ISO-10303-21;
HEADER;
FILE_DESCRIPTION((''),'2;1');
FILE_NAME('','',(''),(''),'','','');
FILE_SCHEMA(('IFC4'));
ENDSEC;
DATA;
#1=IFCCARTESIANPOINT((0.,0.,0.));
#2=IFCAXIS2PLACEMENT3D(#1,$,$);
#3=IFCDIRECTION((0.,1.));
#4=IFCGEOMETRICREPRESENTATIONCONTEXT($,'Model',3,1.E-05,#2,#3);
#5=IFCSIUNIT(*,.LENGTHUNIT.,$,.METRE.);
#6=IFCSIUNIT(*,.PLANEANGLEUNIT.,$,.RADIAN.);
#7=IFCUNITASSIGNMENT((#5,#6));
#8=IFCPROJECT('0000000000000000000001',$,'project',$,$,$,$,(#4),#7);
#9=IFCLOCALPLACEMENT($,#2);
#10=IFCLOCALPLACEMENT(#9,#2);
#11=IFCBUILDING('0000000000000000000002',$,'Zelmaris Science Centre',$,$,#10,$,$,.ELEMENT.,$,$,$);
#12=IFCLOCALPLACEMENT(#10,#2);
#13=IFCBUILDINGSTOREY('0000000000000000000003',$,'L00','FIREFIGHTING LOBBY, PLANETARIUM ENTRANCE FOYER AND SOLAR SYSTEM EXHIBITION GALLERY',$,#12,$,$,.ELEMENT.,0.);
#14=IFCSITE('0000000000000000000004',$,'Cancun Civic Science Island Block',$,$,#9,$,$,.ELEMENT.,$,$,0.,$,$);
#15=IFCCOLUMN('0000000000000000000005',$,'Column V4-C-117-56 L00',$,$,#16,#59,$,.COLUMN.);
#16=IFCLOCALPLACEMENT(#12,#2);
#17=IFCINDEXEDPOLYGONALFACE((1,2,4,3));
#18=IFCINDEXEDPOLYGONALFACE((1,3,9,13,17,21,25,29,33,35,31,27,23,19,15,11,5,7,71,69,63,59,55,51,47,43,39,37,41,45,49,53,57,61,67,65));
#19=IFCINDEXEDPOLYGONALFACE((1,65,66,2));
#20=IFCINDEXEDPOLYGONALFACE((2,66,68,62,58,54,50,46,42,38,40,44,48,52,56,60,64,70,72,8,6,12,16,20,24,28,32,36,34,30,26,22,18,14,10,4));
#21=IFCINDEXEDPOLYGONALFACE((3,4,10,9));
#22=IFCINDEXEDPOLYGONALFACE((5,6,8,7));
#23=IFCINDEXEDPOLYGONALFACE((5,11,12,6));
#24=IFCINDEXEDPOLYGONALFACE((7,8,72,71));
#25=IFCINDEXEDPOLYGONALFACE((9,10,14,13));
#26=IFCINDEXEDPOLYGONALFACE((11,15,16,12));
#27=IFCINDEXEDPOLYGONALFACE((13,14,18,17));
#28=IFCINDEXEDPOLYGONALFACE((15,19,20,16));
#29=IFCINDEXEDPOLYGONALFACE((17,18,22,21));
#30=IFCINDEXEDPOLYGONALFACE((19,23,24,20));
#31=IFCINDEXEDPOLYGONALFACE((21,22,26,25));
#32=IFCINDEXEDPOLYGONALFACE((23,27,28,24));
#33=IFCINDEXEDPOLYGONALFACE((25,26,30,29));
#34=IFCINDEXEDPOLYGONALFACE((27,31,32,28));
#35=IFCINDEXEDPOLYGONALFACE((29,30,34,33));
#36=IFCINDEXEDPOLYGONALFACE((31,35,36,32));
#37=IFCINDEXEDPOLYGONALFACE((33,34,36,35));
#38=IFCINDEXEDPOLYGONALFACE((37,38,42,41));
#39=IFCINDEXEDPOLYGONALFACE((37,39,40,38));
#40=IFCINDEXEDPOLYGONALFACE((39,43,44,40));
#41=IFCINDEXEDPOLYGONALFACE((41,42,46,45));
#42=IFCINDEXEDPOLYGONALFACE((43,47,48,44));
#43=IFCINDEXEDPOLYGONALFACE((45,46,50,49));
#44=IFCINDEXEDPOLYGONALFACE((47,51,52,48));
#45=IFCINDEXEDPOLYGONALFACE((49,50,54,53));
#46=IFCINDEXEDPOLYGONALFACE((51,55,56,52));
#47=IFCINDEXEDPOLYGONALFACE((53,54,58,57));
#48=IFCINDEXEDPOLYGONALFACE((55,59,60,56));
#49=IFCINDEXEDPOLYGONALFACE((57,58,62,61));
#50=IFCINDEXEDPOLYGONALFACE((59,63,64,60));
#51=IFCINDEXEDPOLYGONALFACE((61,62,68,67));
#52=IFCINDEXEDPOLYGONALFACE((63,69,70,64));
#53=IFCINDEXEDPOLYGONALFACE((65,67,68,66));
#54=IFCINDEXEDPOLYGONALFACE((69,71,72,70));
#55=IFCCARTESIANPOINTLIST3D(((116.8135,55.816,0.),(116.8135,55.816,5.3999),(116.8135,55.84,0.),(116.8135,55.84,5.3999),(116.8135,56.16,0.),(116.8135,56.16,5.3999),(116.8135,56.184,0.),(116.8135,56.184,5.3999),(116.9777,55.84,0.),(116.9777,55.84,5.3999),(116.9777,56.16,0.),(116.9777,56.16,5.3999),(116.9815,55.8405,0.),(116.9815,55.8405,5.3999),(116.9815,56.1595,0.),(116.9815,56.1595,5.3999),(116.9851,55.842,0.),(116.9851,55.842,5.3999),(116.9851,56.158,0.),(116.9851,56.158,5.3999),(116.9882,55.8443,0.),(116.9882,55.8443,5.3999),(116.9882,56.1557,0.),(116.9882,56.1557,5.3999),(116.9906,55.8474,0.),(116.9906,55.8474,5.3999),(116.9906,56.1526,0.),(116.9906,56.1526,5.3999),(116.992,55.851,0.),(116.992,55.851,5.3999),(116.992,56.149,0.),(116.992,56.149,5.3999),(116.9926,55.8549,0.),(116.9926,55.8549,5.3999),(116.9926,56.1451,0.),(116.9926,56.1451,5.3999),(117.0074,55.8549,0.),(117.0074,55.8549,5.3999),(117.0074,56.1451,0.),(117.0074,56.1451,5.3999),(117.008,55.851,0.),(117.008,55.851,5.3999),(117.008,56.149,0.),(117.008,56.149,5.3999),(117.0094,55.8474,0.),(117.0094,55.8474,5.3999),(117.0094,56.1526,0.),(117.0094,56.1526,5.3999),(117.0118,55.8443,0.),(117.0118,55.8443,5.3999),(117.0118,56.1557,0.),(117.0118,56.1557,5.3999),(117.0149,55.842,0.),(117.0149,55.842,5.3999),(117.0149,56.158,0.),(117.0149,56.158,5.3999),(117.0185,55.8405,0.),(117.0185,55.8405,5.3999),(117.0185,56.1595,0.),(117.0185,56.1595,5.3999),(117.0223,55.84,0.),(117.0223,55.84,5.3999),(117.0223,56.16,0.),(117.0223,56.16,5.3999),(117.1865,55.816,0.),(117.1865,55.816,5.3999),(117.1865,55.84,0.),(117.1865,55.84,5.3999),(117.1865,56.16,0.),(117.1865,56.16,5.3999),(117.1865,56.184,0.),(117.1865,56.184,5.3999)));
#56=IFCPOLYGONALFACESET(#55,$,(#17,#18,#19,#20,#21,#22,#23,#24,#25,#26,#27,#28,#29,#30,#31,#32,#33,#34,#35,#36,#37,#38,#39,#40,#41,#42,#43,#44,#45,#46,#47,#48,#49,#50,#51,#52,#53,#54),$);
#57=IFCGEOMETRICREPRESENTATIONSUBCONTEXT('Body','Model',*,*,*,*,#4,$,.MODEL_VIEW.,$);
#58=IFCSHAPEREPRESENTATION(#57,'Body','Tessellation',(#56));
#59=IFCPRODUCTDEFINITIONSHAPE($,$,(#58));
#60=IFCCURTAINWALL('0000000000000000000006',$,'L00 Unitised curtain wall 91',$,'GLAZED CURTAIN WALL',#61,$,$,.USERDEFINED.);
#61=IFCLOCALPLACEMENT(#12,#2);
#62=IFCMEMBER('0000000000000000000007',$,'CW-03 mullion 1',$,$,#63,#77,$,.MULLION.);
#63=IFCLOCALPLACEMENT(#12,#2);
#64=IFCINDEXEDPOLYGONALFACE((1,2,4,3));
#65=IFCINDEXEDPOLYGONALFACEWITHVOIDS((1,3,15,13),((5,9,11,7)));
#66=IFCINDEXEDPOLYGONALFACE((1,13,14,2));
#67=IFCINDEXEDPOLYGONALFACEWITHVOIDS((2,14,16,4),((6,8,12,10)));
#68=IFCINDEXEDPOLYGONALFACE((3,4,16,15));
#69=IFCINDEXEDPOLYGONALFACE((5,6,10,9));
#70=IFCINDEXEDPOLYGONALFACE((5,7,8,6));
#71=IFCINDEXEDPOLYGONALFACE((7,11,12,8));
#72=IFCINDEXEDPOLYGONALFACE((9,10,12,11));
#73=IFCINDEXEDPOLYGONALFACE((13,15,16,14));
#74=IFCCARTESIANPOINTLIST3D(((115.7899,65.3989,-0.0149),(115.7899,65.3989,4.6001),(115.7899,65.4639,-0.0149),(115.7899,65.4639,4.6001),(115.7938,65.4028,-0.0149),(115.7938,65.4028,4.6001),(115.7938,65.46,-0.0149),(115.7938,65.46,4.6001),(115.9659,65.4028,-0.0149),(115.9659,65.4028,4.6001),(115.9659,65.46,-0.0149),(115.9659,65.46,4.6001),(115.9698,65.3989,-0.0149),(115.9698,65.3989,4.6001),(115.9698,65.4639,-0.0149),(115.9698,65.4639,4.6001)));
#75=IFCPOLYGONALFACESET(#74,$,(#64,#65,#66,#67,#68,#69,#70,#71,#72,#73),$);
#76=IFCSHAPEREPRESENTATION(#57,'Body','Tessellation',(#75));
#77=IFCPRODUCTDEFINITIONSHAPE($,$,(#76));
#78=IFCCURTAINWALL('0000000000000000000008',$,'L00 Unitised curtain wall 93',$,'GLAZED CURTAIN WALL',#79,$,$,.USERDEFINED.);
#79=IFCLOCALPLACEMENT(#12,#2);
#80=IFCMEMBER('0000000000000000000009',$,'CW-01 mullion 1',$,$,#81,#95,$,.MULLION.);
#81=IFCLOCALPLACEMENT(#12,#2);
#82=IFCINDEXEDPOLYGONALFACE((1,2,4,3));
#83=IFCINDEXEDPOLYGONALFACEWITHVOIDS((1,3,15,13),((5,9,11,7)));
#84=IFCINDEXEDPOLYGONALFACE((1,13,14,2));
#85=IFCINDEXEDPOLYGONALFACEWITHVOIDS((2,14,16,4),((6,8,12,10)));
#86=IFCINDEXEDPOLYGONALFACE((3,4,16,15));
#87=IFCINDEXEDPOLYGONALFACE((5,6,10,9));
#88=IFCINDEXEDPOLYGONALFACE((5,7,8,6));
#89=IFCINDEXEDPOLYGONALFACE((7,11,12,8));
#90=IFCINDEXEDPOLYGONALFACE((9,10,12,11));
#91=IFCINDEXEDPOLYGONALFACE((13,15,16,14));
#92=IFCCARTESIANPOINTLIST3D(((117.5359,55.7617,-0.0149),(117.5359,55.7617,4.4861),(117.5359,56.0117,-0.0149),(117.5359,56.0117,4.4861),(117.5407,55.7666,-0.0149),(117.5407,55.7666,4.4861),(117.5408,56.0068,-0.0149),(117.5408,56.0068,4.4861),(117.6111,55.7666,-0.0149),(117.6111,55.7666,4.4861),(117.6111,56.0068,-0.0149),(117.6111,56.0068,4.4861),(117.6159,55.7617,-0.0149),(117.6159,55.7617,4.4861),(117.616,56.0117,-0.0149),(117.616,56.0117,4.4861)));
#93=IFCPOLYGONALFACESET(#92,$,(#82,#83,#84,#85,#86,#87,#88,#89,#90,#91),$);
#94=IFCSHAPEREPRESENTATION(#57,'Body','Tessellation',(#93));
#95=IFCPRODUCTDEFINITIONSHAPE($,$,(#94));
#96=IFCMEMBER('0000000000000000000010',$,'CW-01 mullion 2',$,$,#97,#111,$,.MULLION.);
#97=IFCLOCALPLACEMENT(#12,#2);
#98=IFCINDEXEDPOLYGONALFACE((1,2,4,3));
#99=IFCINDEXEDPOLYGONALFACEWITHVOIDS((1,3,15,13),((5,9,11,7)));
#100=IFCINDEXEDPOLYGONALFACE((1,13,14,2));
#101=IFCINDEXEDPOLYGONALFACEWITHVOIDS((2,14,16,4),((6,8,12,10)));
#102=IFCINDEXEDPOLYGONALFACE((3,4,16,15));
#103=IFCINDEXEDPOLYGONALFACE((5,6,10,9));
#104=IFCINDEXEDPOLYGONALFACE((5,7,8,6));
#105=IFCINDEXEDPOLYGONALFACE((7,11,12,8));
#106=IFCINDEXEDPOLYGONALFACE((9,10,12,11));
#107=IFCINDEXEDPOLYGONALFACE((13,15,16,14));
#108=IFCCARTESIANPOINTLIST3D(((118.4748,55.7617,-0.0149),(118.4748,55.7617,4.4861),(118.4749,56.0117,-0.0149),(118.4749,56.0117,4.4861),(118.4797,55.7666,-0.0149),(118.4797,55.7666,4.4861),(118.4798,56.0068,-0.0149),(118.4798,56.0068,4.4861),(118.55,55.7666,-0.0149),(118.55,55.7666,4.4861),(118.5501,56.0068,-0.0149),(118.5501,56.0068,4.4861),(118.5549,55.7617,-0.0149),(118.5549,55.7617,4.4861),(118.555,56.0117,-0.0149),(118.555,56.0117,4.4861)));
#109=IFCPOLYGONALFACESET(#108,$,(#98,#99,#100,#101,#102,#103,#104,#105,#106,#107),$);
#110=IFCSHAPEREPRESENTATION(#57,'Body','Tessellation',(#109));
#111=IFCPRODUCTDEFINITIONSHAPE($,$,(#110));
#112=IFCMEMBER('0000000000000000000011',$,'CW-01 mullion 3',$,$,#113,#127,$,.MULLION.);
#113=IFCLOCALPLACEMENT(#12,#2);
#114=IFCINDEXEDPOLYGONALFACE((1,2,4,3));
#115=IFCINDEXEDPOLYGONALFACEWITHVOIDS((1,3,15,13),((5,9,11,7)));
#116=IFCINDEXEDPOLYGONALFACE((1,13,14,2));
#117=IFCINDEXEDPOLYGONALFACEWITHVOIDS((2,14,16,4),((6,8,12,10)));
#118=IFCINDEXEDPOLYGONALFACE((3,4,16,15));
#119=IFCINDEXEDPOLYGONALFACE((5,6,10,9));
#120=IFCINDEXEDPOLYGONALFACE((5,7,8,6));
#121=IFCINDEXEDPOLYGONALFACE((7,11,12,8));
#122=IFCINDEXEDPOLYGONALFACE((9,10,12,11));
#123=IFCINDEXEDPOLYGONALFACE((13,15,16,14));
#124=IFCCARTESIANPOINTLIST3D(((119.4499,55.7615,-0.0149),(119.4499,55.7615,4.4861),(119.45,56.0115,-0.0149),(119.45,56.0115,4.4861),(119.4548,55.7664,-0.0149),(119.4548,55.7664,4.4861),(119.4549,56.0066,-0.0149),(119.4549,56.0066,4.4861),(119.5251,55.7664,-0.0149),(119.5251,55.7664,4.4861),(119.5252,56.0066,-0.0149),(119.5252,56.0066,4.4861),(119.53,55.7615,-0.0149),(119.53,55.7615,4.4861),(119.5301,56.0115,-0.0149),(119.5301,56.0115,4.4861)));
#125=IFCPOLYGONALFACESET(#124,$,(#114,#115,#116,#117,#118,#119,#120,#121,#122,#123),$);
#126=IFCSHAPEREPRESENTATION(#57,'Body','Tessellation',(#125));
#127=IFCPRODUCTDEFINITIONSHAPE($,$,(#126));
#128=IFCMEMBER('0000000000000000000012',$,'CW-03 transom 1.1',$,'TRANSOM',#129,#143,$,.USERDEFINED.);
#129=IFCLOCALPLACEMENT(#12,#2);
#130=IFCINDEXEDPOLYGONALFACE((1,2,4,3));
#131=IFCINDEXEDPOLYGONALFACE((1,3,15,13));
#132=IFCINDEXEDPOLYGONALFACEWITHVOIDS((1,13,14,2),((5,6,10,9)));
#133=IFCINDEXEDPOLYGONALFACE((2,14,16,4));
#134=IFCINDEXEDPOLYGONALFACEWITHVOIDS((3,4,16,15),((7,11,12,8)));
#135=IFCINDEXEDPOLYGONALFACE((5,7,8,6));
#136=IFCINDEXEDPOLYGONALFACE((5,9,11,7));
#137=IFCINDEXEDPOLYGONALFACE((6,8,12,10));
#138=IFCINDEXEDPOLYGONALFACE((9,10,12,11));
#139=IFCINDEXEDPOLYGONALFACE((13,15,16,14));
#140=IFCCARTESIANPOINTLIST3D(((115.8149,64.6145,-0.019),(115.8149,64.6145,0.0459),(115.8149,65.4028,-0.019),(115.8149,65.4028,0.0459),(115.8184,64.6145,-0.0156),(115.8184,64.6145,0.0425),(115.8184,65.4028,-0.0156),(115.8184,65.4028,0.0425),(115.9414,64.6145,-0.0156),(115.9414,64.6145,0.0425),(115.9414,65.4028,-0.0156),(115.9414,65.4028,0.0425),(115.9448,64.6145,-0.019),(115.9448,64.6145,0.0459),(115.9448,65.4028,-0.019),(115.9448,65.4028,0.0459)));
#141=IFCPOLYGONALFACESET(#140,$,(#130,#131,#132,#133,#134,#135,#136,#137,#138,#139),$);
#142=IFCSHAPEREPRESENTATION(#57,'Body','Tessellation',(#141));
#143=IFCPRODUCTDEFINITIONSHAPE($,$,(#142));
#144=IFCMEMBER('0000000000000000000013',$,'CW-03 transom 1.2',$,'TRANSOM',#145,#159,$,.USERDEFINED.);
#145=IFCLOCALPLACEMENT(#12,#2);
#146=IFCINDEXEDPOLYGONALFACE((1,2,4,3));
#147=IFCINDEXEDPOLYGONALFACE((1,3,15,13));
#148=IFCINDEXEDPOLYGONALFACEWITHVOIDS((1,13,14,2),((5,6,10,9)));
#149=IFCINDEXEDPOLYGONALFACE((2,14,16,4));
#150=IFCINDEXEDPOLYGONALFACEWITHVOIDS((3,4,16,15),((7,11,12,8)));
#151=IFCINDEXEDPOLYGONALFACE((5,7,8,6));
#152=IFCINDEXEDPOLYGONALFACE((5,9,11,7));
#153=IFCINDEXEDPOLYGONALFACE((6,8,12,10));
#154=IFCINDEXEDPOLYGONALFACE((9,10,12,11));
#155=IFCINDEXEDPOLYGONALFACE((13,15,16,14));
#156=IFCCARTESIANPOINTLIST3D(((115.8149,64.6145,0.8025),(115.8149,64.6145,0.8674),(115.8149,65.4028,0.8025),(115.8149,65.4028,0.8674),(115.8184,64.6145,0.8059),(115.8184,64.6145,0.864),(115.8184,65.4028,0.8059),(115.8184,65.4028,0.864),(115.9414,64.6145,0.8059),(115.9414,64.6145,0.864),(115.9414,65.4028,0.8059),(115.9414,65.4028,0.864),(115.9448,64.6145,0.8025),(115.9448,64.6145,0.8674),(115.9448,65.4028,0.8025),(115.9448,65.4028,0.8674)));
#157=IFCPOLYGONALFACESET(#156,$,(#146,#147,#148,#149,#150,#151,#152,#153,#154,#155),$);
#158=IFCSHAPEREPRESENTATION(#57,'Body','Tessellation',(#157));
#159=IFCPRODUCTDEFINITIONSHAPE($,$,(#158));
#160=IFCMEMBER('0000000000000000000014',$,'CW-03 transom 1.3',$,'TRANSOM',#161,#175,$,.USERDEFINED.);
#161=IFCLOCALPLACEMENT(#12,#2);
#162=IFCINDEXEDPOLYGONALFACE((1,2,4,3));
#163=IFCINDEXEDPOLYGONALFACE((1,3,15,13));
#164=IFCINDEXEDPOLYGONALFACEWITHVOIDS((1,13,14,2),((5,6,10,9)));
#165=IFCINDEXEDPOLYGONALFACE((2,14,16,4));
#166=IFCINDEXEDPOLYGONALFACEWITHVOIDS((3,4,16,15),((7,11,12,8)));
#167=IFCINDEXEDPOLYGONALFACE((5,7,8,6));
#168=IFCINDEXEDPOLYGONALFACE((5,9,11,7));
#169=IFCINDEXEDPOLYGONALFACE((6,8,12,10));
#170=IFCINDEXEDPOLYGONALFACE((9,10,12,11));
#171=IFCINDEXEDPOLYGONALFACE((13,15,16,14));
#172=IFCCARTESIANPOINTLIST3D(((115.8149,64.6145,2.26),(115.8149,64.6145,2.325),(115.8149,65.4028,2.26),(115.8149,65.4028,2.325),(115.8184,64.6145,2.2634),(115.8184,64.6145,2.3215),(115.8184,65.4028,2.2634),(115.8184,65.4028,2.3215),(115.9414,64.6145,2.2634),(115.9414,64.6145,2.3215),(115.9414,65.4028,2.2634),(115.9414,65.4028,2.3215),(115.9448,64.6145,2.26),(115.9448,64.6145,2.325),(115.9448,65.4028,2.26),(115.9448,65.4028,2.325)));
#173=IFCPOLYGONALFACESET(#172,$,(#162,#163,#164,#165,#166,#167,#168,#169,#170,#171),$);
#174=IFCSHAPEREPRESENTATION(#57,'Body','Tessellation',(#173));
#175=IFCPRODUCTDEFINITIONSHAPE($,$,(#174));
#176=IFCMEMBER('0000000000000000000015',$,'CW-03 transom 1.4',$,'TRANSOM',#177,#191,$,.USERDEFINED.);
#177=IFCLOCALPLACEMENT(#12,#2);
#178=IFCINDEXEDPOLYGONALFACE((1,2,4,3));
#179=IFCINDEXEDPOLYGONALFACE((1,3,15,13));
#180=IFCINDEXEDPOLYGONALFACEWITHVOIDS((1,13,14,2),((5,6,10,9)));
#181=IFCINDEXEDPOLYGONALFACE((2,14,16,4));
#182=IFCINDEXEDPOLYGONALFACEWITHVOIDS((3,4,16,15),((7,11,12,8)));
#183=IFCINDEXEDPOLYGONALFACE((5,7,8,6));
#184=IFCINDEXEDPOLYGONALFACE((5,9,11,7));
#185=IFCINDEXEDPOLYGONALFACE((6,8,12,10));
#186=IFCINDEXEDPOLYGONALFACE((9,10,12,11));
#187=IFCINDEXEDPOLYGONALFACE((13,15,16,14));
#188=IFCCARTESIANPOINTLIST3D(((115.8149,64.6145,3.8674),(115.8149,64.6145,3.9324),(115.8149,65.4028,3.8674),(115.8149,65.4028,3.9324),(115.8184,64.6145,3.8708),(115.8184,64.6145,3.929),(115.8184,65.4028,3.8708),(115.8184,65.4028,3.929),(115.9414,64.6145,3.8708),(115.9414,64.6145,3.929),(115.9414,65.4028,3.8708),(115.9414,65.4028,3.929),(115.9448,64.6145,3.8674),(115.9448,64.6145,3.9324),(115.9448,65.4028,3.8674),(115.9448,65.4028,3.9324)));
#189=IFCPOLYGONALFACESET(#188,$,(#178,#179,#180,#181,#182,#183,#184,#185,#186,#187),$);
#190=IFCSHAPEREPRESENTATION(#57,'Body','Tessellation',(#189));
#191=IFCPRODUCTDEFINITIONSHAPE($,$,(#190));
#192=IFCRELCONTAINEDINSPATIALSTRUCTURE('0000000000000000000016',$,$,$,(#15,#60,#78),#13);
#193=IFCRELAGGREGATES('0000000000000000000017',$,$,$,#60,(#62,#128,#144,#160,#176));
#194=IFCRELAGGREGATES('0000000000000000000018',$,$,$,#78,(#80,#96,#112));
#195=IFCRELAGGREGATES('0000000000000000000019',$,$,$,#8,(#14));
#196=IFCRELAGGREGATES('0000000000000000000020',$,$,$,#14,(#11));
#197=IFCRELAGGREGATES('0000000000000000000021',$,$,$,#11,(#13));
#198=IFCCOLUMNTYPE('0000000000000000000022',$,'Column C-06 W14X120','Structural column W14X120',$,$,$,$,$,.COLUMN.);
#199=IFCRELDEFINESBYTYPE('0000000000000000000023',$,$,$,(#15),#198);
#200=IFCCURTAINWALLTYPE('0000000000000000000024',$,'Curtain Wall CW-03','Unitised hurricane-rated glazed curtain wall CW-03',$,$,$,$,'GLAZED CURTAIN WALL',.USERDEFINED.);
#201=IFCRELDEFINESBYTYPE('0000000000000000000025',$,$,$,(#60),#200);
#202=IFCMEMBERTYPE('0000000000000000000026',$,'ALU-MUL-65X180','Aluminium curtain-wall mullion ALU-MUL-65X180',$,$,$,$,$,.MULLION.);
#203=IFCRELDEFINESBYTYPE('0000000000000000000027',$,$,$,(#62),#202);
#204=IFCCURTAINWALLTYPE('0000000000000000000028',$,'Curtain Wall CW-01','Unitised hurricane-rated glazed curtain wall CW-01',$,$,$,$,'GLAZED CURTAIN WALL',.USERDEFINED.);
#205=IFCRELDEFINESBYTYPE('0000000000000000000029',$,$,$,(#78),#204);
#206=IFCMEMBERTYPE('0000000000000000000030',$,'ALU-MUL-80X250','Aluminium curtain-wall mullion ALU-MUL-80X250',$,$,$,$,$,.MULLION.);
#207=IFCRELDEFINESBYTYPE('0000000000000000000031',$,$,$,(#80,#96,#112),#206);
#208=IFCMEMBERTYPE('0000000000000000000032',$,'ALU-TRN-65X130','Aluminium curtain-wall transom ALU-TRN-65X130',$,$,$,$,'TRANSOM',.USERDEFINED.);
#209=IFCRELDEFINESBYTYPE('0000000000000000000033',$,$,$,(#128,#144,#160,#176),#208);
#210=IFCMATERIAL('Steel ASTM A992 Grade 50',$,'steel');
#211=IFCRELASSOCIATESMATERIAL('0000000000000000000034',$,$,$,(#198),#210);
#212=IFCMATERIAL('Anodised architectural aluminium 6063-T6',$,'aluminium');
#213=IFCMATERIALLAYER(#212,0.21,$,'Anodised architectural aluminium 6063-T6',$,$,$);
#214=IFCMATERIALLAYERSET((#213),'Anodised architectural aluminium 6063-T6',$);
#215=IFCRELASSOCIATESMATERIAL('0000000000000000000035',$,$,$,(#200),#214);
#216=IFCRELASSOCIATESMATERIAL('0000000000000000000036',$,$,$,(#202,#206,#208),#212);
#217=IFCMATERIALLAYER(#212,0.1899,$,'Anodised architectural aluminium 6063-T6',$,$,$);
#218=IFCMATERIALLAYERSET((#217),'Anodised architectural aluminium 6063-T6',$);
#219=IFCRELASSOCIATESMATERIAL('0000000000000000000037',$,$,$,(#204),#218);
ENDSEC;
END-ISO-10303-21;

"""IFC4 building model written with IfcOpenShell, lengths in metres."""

from ifc_helpers import new_model, si_unit, direction, frame, origin, origin_2d, place, context, subcontext, project, spatial, hollow_rectangle, i_section, extrude, material, layer, layer_set, material_profile, profile_set, type_object, element, aggregate, save


model = new_model("IFC4")

# Units and contexts
model_context = context("Model", 3, precision=1e-05, world=origin(), true_north=direction((0.0, 1.0)))
body_context = subcontext(model_context, "Body", "Model", "MODEL_VIEW")
ifc_project = project(units=[si_unit("LENGTHUNIT", "METRE"), si_unit("PLANEANGLEUNIT", "RADIAN")], contexts=[model_context])

# Site, building, storey
site_placement = place(None, origin())
site = spatial("IfcSite", under=ifc_project, at=site_placement, Name="Cancun Civic Science Island Block", CompositionType="ELEMENT", RefElevation=0.0)
building_placement = place(site_placement, origin())
building = spatial("IfcBuilding", under=site, at=building_placement, Name="Zelmaris Science Centre", CompositionType="ELEMENT")
storey_placement = place(building_placement, origin())
storey = spatial("IfcBuildingStorey", under=building, at=storey_placement, Name="L00", Description="FIREFIGHTING LOBBY, PLANETARIUM ENTRANCE FOYER AND SOLAR SYSTEM EXHIBITION GALLERY", CompositionType="ELEMENT", Elevation=0.0)

# Column
ifc_material_1 = material(Name="Steel ASTM A992 Grade 50", Category="steel")
ifc_material_profile_1 = material_profile(ifc_material_1, i_section(OverallWidth=0.373, OverallDepth=0.3679, WebThickness=0.0149, FlangeThickness=0.0239, FilletRadius=0.0149, at=origin_2d()), Name="W14X120")
ifc_profile_set_1 = profile_set([ifc_material_profile_1], Name="Steel ASTM A992 Grade 50")
column_type = type_object("IfcColumnType", Name="Column C-06 W14X120", Description="Structural column W14X120", PredefinedType="COLUMN", material=ifc_profile_set_1)
column_placement = place(storey_placement, frame((117.0, 56.0, 0.0), z_axis=(0.0, 0.0, 1.0), x_axis=(1.0, 0.0, 0.0)))
element("IfcColumn", 1, at=column_placement, inside=storey, type_object=column_type, Name="Column V4-C-117-56 L00", PredefinedType="COLUMN", context=body_context, shape_type="SweptSolid", body=[
    extrude(i_section(OverallWidth=0.373, OverallDepth=0.3679, WebThickness=0.0149, FlangeThickness=0.0239, FilletRadius=0.0149, at=origin_2d()), origin(), (0.0, 0.0, 1.0), 5.3999),
])

# Curtain wall, member
ifc_material_2 = material(Name="Anodised architectural aluminium 6063-T6", Category="aluminium")
ifc_layer_1 = layer(ifc_material_2, 0.21, Name="Anodised architectural aluminium 6063-T6")
ifc_layer_set_1 = layer_set([ifc_layer_1], Name="Anodised architectural aluminium 6063-T6")
curtain_wall_type_1 = type_object("IfcCurtainWallType", Name="Curtain Wall CW-03", Description="Unitised hurricane-rated glazed curtain wall CW-03", ElementType="GLAZED CURTAIN WALL", PredefinedType="USERDEFINED", material=ifc_layer_set_1)
curtain_wall_1_placement = place(storey_placement, origin())
curtain_wall_1 = element("IfcCurtainWall", 2, at=curtain_wall_1_placement, inside=storey, type_object=curtain_wall_type_1, Name="L00 Unitised curtain wall 91", ObjectType="GLAZED CURTAIN WALL", PredefinedType="USERDEFINED")
ifc_material_profile_2 = material_profile(ifc_material_2, hollow_rectangle(XDim=0.0649, YDim=0.1799, WallThickness=0.0039, at=origin_2d()), Name="ALU-MUL-65X180")
ifc_profile_set_2 = profile_set([ifc_material_profile_2], Name="Anodised architectural aluminium 6063-T6")
member_type_1 = type_object("IfcMemberType", Name="ALU-MUL-65X180", Description="Aluminium curtain-wall mullion ALU-MUL-65X180", PredefinedType="MULLION", material=ifc_profile_set_2)
member_1_placement = place(storey_placement, frame((115.8799, 65.4314, -0.0149), z_axis=(0.0, 0.0, 1.0), x_axis=(0.000007, -1.0, 0.0)))
member_1 = element("IfcMember", 3, at=member_1_placement, type_object=member_type_1, Name="CW-03 mullion 1", PredefinedType="MULLION", context=body_context, shape_type="SweptSolid", body=[
    extrude(hollow_rectangle(XDim=0.0649, YDim=0.1799, WallThickness=0.0039, at=origin_2d()), origin(), (0.0, 0.0, 1.0), 4.615),
])

# Curtain wall, members
ifc_layer_2 = layer(ifc_material_2, 0.1899, Name="Anodised architectural aluminium 6063-T6")
ifc_layer_set_2 = layer_set([ifc_layer_2], Name="Anodised architectural aluminium 6063-T6")
curtain_wall_type_2 = type_object("IfcCurtainWallType", Name="Curtain Wall CW-01", Description="Unitised hurricane-rated glazed curtain wall CW-01", ElementType="GLAZED CURTAIN WALL", PredefinedType="USERDEFINED", material=ifc_layer_set_2)
curtain_wall_2_placement = place(storey_placement, origin())
curtain_wall_2 = element("IfcCurtainWall", 4, at=curtain_wall_2_placement, inside=storey, type_object=curtain_wall_type_2, Name="L00 Unitised curtain wall 93", ObjectType="GLAZED CURTAIN WALL", PredefinedType="USERDEFINED")
ifc_material_profile_3 = material_profile(ifc_material_2, hollow_rectangle(XDim=0.0801, YDim=0.25, WallThickness=0.0049, at=origin_2d()), Name="ALU-MUL-80X250")
ifc_profile_set_3 = profile_set([ifc_material_profile_3], Name="Anodised architectural aluminium 6063-T6")
member_type_2 = type_object("IfcMemberType", Name="ALU-MUL-80X250", Description="Aluminium curtain-wall mullion ALU-MUL-80X250", PredefinedType="MULLION", material=ifc_profile_set_3)
member_2_placement = place(storey_placement, frame((117.5759, 55.8867, -0.0149), z_axis=(0.0, 0.0, 1.0), x_axis=(1.0, -0.000194, 0.0)))
member_2 = element("IfcMember", 5, at=member_2_placement, type_object=member_type_2, Name="CW-01 mullion 1", PredefinedType="MULLION", context=body_context, shape_type="SweptSolid", body=[
    extrude(hollow_rectangle(XDim=0.0801, YDim=0.25, WallThickness=0.0049, at=origin_2d()), origin(), (0.0, 0.0, 1.0), 4.501),
])
member_3_placement = place(storey_placement, frame((118.5149, 55.8867, -0.0149), z_axis=(0.0, 0.0, 1.0), x_axis=(1.0, -0.000194, 0.0)))
member_3 = element("IfcMember", 6, at=member_3_placement, type_object=member_type_2, Name="CW-01 mullion 2", PredefinedType="MULLION", context=body_context, shape_type="SweptSolid", body=[
    extrude(hollow_rectangle(XDim=0.0801, YDim=0.25, WallThickness=0.0049, at=origin_2d()), origin(), (0.0, 0.0, 1.0), 4.501),
])
member_4_placement = place(storey_placement, frame((119.49, 55.8865, -0.0149), z_axis=(0.0, 0.0, 1.0), x_axis=(1.0, -0.000194, 0.0)))
member_4 = element("IfcMember", 7, at=member_4_placement, type_object=member_type_2, Name="CW-01 mullion 3", PredefinedType="MULLION", context=body_context, shape_type="SweptSolid", body=[
    extrude(hollow_rectangle(XDim=0.0801, YDim=0.25, WallThickness=0.0049, at=origin_2d()), origin(), (0.0, 0.0, 1.0), 4.501),
])

# Members
ifc_material_profile_4 = material_profile(ifc_material_2, hollow_rectangle(XDim=0.0649, YDim=0.1299, WallThickness=0.0034, at=origin_2d()), Name="ALU-TRN-65X130")
ifc_profile_set_4 = profile_set([ifc_material_profile_4], Name="Anodised architectural aluminium 6063-T6")
member_type_3 = type_object("IfcMemberType", Name="ALU-TRN-65X130", Description="Aluminium curtain-wall transom ALU-TRN-65X130", ElementType="TRANSOM", PredefinedType="USERDEFINED", material=ifc_profile_set_4)
member_5_placement = place(storey_placement, frame((115.8799, 65.4028, 0.0134), z_axis=(0.0, -1.0, 0.0), x_axis=(0.0, 0.0, 1.0)))
member_5 = element("IfcMember", 8, at=member_5_placement, type_object=member_type_3, Name="CW-03 transom 1.1", ObjectType="TRANSOM", PredefinedType="USERDEFINED", context=body_context, shape_type="SweptSolid", body=[
    extrude(hollow_rectangle(XDim=0.0649, YDim=0.1299, WallThickness=0.0034, at=origin_2d()), origin(), (0.0, 0.0, 1.0), 0.7883),
])
member_6_placement = place(storey_placement, frame((115.8799, 65.4028, 0.835), z_axis=(0.0, -1.0, 0.0), x_axis=(0.0, 0.0, 1.0)))
member_6 = element("IfcMember", 9, at=member_6_placement, type_object=member_type_3, Name="CW-03 transom 1.2", ObjectType="TRANSOM", PredefinedType="USERDEFINED", context=body_context, shape_type="SweptSolid", body=[
    extrude(hollow_rectangle(XDim=0.0649, YDim=0.1299, WallThickness=0.0034, at=origin_2d()), origin(), (0.0, 0.0, 1.0), 0.7883),
])
member_7_placement = place(storey_placement, frame((115.8799, 65.4028, 2.2925), z_axis=(0.0, -1.0, 0.0), x_axis=(0.0, 0.0, 1.0)))
member_7 = element("IfcMember", 10, at=member_7_placement, type_object=member_type_3, Name="CW-03 transom 1.3", ObjectType="TRANSOM", PredefinedType="USERDEFINED", context=body_context, shape_type="SweptSolid", body=[
    extrude(hollow_rectangle(XDim=0.0649, YDim=0.1299, WallThickness=0.0034, at=origin_2d()), origin(), (0.0, 0.0, 1.0), 0.7883),
])
member_8_placement = place(storey_placement, frame((115.8799, 65.4028, 3.8999), z_axis=(0.0, -1.0, 0.0), x_axis=(0.0, 0.0, 1.0)))
member_8 = element("IfcMember", 11, at=member_8_placement, type_object=member_type_3, Name="CW-03 transom 1.4", ObjectType="TRANSOM", PredefinedType="USERDEFINED", context=body_context, shape_type="SweptSolid", body=[
    extrude(hollow_rectangle(XDim=0.0649, YDim=0.1299, WallThickness=0.0034, at=origin_2d()), origin(), (0.0, 0.0, 1.0), 0.7883),
])
aggregate(curtain_wall_1, [member_1, member_5, member_6, member_7, member_8])

aggregate(curtain_wall_2, [member_2, member_3, member_4])

save(model, "model.ifc")
